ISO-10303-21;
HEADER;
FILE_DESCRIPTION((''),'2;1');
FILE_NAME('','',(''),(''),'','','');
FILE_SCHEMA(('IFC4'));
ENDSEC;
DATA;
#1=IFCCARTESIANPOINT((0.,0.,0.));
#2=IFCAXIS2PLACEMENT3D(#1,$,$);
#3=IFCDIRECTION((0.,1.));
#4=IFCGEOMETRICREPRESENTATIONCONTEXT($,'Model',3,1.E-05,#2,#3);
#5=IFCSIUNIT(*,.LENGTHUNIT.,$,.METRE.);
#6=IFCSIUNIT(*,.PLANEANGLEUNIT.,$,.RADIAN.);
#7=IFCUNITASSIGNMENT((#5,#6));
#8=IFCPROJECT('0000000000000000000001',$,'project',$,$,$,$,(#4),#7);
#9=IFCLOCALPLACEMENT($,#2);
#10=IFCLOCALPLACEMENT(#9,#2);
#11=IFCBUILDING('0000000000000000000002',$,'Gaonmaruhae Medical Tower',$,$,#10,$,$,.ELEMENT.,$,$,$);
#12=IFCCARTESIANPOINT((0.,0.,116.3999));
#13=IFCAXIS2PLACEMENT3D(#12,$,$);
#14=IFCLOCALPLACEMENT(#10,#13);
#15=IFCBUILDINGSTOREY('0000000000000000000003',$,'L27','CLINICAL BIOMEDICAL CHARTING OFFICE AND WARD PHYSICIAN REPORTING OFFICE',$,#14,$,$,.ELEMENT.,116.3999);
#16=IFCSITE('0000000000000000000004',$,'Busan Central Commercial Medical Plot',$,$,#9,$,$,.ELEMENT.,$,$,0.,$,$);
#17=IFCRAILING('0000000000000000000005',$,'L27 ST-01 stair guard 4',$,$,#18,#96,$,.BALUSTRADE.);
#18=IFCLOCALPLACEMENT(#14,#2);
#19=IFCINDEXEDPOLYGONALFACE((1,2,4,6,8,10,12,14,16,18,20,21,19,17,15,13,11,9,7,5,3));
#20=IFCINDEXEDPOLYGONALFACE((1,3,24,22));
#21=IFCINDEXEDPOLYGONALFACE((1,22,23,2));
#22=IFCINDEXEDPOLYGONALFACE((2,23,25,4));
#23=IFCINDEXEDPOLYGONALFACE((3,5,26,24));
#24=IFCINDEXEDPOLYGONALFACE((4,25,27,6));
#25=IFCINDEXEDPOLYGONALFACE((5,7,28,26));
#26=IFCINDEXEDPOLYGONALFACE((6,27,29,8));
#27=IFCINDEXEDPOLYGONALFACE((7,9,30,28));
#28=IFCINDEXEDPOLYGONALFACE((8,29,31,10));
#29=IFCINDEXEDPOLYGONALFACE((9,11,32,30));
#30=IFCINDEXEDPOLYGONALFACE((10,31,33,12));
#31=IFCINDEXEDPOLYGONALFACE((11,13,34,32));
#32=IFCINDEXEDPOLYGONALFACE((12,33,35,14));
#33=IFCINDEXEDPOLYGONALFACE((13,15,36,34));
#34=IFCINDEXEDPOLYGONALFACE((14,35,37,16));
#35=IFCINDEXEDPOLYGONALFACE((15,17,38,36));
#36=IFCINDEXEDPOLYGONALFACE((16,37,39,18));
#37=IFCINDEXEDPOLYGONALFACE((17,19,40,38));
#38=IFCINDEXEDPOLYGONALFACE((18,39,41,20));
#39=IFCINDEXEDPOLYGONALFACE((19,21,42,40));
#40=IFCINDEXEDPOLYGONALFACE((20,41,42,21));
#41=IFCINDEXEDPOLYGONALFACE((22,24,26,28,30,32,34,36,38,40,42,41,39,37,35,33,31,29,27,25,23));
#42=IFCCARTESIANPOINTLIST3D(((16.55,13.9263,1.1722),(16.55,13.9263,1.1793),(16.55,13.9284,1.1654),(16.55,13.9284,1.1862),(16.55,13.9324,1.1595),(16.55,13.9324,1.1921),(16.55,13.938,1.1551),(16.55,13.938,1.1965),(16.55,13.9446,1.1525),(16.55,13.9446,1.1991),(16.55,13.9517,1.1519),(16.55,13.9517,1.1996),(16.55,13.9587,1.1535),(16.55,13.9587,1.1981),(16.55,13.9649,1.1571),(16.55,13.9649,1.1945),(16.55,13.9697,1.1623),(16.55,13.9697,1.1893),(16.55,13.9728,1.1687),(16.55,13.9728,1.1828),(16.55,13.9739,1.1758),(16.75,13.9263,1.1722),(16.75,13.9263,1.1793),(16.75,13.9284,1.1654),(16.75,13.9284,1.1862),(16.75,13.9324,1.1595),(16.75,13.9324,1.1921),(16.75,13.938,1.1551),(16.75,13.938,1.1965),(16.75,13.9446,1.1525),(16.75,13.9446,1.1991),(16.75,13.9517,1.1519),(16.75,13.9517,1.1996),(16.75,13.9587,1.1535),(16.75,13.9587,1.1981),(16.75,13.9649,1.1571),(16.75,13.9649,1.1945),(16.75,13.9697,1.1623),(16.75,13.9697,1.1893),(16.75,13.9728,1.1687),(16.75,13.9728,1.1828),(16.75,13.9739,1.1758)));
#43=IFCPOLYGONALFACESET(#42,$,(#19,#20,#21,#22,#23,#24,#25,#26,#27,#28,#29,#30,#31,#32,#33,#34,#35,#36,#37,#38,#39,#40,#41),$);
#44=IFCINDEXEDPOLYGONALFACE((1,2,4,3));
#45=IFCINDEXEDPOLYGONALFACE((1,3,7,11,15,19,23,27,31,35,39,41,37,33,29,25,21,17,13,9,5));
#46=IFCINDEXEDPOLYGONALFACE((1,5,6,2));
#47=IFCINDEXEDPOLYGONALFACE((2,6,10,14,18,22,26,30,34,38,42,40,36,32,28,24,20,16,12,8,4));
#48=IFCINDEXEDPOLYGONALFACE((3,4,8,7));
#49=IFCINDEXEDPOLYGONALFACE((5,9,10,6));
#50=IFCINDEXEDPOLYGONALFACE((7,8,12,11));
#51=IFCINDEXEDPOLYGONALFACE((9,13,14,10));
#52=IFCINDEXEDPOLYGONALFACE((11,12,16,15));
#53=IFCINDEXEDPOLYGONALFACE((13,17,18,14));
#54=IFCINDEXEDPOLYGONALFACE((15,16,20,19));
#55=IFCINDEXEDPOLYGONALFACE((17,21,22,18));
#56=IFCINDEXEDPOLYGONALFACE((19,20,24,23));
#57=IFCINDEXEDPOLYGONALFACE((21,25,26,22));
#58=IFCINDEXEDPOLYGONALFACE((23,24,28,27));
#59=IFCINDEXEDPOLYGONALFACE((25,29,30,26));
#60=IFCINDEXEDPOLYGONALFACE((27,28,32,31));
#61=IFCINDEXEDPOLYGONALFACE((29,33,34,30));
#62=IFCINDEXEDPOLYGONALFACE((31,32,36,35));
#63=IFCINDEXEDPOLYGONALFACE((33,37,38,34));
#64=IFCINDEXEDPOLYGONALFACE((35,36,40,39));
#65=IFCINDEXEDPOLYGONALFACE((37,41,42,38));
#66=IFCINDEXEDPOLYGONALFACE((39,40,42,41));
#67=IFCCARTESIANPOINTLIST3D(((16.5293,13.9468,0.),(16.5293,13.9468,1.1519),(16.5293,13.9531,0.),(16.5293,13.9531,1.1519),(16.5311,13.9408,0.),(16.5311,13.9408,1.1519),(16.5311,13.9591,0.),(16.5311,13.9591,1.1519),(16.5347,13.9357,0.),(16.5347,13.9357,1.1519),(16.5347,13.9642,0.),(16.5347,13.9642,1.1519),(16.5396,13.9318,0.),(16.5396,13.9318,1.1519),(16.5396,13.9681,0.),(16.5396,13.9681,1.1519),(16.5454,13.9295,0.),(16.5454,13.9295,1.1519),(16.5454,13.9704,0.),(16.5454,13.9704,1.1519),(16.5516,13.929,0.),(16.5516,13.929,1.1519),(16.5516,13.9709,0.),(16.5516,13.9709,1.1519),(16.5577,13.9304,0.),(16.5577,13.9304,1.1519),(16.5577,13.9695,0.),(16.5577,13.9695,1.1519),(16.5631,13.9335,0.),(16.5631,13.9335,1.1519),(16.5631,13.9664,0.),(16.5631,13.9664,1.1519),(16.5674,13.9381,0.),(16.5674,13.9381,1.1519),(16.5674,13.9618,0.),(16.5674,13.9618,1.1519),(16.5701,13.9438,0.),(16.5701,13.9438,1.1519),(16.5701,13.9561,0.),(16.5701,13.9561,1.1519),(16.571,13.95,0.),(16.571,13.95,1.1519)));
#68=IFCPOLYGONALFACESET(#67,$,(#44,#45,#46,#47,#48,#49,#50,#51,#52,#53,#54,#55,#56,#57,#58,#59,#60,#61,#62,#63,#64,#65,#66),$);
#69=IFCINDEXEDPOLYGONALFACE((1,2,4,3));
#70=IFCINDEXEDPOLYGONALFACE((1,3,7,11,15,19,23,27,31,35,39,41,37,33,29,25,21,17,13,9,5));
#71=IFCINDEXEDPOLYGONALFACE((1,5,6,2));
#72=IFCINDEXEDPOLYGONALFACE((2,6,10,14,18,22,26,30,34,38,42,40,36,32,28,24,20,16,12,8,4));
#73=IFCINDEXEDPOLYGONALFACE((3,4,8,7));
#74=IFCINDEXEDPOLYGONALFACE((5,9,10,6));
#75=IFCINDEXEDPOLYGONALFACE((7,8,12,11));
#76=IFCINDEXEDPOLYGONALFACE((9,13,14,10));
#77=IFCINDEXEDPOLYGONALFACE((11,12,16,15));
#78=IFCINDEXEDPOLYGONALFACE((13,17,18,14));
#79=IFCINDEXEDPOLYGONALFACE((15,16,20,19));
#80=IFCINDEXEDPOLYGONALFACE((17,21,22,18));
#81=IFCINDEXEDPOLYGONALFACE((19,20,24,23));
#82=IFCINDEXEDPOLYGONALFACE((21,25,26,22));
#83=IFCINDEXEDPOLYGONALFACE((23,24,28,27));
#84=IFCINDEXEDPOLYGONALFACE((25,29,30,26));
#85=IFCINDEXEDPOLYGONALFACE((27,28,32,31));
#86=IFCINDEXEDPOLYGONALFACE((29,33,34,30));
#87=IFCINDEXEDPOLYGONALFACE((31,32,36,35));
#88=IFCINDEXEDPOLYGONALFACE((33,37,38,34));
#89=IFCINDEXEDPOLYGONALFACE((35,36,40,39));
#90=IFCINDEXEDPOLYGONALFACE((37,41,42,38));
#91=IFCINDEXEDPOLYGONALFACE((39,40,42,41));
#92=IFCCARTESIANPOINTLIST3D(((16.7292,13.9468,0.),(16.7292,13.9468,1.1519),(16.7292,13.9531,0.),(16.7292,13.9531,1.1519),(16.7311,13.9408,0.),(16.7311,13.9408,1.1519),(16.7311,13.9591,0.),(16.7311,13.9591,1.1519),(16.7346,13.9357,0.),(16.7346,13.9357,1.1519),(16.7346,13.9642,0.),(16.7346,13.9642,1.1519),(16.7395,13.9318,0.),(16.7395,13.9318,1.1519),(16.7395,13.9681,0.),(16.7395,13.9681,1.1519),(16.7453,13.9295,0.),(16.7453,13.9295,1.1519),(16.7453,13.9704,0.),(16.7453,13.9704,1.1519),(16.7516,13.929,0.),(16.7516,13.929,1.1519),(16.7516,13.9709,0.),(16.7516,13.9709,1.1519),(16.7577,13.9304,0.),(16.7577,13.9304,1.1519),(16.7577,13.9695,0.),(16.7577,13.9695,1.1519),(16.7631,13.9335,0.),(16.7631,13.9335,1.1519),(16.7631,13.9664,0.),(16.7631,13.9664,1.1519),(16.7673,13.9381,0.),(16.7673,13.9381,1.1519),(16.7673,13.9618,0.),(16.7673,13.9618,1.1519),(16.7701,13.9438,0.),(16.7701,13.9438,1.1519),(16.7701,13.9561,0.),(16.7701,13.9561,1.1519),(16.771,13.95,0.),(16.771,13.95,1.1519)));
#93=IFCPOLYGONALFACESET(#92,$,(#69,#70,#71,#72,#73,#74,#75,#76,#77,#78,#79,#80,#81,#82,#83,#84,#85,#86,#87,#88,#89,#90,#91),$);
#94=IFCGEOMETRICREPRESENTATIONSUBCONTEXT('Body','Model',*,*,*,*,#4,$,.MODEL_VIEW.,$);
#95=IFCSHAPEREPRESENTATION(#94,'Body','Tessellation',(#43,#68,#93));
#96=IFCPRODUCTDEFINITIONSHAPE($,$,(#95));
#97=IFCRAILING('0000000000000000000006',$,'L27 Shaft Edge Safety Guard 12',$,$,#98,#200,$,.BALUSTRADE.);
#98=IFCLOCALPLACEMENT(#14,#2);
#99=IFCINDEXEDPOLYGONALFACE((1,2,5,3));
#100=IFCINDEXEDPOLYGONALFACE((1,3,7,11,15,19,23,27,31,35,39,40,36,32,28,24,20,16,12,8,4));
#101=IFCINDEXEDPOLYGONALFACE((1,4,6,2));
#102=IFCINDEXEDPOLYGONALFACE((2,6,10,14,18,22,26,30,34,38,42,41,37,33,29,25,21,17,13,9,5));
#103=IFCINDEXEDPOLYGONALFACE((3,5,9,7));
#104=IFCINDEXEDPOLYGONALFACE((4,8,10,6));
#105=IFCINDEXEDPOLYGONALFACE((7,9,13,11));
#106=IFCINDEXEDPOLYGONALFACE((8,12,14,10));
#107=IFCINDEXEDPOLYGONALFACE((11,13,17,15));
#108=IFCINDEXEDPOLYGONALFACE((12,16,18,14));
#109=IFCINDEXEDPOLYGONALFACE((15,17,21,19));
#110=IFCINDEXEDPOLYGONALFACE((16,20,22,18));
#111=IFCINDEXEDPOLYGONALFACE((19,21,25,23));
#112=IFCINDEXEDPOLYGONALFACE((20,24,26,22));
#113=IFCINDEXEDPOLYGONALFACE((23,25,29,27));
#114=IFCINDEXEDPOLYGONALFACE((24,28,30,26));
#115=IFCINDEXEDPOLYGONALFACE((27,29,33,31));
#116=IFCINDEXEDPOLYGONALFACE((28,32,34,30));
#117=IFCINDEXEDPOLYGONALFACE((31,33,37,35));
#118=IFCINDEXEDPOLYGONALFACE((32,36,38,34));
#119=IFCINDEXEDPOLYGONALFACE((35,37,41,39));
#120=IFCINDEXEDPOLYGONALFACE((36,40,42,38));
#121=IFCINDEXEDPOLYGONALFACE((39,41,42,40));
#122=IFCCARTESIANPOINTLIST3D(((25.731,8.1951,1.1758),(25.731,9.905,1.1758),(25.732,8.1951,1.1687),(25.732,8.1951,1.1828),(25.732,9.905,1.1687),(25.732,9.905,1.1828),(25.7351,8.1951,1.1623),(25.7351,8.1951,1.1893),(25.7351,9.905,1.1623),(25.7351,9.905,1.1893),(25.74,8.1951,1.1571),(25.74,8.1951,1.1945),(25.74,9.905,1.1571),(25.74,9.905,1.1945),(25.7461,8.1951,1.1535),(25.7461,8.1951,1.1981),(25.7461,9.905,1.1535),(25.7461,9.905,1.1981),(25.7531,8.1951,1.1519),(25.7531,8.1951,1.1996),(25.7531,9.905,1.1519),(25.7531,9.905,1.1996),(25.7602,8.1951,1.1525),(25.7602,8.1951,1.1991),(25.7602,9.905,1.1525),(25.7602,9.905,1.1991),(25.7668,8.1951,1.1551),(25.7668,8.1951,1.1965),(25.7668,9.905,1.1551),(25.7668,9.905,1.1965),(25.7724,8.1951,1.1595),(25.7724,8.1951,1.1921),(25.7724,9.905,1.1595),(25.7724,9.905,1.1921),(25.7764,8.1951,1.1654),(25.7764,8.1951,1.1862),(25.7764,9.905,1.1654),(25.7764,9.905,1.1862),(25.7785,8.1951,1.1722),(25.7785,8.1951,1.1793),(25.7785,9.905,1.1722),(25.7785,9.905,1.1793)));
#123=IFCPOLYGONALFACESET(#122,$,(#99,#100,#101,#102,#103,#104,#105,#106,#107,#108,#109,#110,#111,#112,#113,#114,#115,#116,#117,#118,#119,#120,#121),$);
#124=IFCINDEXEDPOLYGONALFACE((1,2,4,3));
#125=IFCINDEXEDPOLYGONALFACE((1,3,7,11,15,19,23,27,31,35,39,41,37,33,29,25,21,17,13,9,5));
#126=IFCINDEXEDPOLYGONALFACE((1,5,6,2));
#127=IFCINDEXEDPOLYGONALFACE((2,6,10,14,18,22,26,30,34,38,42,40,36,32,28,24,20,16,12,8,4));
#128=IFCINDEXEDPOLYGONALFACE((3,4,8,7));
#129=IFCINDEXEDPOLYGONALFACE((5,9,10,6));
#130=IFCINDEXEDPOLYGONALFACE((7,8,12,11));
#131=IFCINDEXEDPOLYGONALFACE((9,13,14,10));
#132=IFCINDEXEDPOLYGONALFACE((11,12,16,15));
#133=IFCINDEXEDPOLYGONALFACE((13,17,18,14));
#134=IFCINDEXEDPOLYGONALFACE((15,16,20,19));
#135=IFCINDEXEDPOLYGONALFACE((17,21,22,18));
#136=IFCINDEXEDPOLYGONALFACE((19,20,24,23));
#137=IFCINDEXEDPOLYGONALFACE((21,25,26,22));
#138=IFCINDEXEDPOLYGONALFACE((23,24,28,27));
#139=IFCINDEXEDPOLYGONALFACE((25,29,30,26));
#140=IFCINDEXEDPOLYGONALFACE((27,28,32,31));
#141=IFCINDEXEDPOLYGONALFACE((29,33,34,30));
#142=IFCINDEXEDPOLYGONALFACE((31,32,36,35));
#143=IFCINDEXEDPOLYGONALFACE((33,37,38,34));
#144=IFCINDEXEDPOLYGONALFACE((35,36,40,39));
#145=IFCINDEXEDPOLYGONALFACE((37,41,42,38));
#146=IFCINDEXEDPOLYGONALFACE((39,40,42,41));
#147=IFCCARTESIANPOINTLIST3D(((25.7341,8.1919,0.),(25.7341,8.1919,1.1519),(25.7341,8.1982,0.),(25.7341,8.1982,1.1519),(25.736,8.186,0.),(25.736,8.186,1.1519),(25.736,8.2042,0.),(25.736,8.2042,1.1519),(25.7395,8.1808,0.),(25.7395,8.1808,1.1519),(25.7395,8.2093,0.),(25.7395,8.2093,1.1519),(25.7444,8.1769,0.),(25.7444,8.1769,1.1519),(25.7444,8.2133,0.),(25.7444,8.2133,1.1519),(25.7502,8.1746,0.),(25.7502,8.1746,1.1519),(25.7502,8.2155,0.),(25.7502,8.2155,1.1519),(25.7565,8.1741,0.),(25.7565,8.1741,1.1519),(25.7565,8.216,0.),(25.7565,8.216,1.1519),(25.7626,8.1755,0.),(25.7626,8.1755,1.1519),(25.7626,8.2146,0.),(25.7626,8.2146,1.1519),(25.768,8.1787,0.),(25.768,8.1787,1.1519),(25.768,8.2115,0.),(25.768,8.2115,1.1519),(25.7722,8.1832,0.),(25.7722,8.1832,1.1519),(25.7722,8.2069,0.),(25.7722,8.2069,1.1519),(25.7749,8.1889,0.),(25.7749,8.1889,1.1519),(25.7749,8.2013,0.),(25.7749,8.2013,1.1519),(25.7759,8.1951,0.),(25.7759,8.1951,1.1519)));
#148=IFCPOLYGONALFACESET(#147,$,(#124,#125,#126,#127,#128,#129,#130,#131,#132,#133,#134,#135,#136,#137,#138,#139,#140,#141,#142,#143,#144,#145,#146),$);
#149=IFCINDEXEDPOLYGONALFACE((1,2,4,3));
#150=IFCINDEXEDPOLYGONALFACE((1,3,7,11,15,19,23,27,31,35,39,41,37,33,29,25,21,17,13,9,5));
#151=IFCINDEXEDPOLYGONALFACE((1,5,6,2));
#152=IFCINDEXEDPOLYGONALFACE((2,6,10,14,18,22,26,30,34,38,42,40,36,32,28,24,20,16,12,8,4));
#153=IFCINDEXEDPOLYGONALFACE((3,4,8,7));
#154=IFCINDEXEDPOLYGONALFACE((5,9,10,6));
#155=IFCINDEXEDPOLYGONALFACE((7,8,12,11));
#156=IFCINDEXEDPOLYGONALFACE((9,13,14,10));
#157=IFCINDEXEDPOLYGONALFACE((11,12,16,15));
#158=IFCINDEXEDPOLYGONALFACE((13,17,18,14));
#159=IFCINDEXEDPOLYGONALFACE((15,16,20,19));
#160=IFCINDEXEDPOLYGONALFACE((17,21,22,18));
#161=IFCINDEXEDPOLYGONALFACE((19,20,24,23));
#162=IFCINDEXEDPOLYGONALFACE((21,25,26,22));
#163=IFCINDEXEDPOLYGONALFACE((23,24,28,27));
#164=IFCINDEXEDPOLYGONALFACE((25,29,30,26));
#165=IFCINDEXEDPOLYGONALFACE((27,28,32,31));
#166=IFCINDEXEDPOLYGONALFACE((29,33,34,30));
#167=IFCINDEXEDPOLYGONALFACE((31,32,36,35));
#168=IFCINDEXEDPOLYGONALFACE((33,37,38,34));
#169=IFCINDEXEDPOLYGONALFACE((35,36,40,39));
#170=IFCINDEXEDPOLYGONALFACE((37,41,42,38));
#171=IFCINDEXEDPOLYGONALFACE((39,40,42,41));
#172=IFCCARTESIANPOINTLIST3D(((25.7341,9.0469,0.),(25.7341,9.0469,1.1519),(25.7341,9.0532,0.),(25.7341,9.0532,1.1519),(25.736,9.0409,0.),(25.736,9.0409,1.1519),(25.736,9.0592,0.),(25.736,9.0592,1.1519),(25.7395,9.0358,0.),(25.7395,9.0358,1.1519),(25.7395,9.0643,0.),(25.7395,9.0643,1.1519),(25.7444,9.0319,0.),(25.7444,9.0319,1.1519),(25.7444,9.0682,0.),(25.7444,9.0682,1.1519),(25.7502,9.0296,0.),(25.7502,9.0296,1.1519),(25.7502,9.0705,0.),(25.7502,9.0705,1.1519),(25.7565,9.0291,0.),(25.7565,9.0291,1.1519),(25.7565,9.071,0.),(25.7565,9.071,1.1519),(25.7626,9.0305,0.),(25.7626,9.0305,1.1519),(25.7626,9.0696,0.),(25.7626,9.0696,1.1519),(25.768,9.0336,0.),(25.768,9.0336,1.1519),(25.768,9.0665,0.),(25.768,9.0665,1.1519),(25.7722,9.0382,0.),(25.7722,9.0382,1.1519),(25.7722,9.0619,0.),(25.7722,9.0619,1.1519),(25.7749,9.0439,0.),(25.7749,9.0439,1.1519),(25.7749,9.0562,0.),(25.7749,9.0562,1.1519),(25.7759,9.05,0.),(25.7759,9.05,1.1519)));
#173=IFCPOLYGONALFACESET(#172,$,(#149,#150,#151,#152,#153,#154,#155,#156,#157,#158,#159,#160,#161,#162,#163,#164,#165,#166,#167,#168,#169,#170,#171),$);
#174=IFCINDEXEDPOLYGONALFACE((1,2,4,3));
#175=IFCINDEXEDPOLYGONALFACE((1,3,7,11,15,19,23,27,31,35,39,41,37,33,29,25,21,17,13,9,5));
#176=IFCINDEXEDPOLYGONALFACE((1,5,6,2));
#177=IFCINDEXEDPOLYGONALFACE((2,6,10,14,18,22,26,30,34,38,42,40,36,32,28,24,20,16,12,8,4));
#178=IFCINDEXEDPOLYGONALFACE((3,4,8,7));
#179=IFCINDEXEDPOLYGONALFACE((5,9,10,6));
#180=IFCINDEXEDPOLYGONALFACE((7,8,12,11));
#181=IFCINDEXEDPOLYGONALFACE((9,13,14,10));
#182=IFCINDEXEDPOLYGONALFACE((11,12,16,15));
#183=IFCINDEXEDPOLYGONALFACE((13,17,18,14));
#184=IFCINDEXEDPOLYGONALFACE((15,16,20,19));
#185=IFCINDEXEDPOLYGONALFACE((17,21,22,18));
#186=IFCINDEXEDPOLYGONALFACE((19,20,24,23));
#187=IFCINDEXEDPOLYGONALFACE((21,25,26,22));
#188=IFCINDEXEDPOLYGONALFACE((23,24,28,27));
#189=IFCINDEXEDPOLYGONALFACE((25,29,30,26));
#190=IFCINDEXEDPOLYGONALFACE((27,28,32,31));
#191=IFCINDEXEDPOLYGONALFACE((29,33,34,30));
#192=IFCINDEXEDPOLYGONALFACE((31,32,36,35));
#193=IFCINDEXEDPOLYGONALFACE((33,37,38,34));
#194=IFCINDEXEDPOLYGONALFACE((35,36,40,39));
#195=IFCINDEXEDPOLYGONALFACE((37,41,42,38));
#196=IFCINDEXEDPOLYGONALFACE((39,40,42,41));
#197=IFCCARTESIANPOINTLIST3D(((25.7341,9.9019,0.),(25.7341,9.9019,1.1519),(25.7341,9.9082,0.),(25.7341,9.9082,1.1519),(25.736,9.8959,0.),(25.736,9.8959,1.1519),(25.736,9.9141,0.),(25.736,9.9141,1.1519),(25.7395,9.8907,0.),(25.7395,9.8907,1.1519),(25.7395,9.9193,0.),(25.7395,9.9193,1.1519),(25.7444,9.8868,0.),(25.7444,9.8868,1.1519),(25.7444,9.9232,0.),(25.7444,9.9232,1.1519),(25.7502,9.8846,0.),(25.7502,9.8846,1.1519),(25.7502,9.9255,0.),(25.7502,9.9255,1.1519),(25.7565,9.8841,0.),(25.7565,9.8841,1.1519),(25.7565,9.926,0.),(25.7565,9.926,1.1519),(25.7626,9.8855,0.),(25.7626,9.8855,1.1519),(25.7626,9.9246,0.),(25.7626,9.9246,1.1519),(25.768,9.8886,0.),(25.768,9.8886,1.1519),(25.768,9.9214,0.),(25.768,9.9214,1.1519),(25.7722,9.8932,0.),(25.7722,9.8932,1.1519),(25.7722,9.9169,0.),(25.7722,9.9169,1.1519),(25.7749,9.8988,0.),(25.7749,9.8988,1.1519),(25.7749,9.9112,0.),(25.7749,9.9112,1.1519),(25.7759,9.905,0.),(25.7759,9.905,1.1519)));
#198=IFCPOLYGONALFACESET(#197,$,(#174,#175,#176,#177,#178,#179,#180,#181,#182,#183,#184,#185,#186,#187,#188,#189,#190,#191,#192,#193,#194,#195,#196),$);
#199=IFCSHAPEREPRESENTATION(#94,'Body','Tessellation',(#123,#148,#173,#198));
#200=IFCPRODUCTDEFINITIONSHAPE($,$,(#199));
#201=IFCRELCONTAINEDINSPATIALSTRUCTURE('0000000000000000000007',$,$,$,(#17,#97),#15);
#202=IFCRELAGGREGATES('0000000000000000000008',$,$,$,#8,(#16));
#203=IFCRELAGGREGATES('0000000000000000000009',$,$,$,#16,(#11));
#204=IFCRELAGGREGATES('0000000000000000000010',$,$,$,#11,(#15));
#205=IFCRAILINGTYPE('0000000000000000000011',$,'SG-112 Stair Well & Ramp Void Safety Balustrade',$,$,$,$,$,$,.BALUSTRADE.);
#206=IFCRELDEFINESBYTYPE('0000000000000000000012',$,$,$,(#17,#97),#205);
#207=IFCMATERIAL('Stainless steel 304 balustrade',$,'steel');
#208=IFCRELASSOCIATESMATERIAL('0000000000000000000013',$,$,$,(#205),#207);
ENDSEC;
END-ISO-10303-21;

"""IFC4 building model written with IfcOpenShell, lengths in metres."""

from ifc_helpers import new_model, si_unit, direction, frame, origin, origin_2d, place, context, subcontext, project, spatial, circle, extrude, material, type_object, element, save


model = new_model("IFC4")

# Units and contexts
model_context = context("Model", 3, precision=1e-05, world=origin(), true_north=direction((0.0, 1.0)))
body_context = subcontext(model_context, "Body", "Model", "MODEL_VIEW")
ifc_project = project(units=[si_unit("LENGTHUNIT", "METRE"), si_unit("PLANEANGLEUNIT", "RADIAN")], contexts=[model_context])

# Site, building, storey
site_placement = place(None, origin())
site = spatial("IfcSite", under=ifc_project, at=site_placement, Name="Busan Central Commercial Medical Plot", CompositionType="ELEMENT", RefElevation=0.0)
building_placement = place(site_placement, origin())
building = spatial("IfcBuilding", under=site, at=building_placement, Name="Gaonmaruhae Medical Tower", CompositionType="ELEMENT")
storey_placement = place(building_placement, frame((0.0, 0.0, 116.3999)))
storey = spatial("IfcBuildingStorey", under=building, at=storey_placement, Name="L27", Description="CLINICAL BIOMEDICAL CHARTING OFFICE AND WARD PHYSICIAN REPORTING OFFICE", CompositionType="ELEMENT", Elevation=116.3999)

# Railings
ifc_material_1 = material(Name="Stainless steel 304 balustrade", Category="steel")
railing_type_1 = type_object("IfcRailingType", Name="SG-112 Stair Well & Ramp Void Safety Balustrade", PredefinedType="BALUSTRADE", material=ifc_material_1)
railing_1_placement = place(storey_placement, frame((16.55, 13.95, 0.0)))
element("IfcRailing", 1, at=railing_1_placement, inside=storey, type_object=railing_type_1, Name="L27 ST-01 stair guard 4", PredefinedType="BALUSTRADE", context=body_context, shape_type="SweptSolid", body=[
    extrude(circle(Radius=0.0239, at=origin_2d()), frame((0.0, 0.0, 1.1758), z_axis=(1.0, 0.0, 0.0), x_axis=(0.0, 1.0, 0.0)), (0.0, 0.0, 1.0), 0.2),
    extrude(circle(Radius=0.021, at=origin_2d()), origin(), (0.0, 0.0, 1.0), 1.1519),
    extrude(circle(Radius=0.021, at=origin_2d()), frame((0.2, 0.0, 0.0)), (0.0, 0.0, 1.0), 1.1519),
])
railing_2_placement = place(storey_placement, frame((25.7549, 8.1951, 0.0)))
element("IfcRailing", 2, at=railing_2_placement, inside=storey, type_object=railing_type_1, Name="L27 Shaft Edge Safety Guard 12", PredefinedType="BALUSTRADE", context=body_context, shape_type="SweptSolid", body=[
    extrude(circle(Radius=0.0239, at=origin_2d()), frame((0.0, 0.0, 1.1758), z_axis=(0.0, 1.0, 0.0), x_axis=(-1.0, 0.0, 0.0)), (0.0, 0.0, 1.0), 1.71),
    extrude(circle(Radius=0.021, at=origin_2d()), origin(), (0.0, 0.0, 1.0), 1.1519),
    extrude(circle(Radius=0.021, at=origin_2d()), frame((0.0, 0.855, 0.0)), (0.0, 0.0, 1.0), 1.1519),
    extrude(circle(Radius=0.021, at=origin_2d()), frame((0.0, 1.71, 0.0)), (0.0, 0.0, 1.0), 1.1519),
])

save(model, "model.ifc")
